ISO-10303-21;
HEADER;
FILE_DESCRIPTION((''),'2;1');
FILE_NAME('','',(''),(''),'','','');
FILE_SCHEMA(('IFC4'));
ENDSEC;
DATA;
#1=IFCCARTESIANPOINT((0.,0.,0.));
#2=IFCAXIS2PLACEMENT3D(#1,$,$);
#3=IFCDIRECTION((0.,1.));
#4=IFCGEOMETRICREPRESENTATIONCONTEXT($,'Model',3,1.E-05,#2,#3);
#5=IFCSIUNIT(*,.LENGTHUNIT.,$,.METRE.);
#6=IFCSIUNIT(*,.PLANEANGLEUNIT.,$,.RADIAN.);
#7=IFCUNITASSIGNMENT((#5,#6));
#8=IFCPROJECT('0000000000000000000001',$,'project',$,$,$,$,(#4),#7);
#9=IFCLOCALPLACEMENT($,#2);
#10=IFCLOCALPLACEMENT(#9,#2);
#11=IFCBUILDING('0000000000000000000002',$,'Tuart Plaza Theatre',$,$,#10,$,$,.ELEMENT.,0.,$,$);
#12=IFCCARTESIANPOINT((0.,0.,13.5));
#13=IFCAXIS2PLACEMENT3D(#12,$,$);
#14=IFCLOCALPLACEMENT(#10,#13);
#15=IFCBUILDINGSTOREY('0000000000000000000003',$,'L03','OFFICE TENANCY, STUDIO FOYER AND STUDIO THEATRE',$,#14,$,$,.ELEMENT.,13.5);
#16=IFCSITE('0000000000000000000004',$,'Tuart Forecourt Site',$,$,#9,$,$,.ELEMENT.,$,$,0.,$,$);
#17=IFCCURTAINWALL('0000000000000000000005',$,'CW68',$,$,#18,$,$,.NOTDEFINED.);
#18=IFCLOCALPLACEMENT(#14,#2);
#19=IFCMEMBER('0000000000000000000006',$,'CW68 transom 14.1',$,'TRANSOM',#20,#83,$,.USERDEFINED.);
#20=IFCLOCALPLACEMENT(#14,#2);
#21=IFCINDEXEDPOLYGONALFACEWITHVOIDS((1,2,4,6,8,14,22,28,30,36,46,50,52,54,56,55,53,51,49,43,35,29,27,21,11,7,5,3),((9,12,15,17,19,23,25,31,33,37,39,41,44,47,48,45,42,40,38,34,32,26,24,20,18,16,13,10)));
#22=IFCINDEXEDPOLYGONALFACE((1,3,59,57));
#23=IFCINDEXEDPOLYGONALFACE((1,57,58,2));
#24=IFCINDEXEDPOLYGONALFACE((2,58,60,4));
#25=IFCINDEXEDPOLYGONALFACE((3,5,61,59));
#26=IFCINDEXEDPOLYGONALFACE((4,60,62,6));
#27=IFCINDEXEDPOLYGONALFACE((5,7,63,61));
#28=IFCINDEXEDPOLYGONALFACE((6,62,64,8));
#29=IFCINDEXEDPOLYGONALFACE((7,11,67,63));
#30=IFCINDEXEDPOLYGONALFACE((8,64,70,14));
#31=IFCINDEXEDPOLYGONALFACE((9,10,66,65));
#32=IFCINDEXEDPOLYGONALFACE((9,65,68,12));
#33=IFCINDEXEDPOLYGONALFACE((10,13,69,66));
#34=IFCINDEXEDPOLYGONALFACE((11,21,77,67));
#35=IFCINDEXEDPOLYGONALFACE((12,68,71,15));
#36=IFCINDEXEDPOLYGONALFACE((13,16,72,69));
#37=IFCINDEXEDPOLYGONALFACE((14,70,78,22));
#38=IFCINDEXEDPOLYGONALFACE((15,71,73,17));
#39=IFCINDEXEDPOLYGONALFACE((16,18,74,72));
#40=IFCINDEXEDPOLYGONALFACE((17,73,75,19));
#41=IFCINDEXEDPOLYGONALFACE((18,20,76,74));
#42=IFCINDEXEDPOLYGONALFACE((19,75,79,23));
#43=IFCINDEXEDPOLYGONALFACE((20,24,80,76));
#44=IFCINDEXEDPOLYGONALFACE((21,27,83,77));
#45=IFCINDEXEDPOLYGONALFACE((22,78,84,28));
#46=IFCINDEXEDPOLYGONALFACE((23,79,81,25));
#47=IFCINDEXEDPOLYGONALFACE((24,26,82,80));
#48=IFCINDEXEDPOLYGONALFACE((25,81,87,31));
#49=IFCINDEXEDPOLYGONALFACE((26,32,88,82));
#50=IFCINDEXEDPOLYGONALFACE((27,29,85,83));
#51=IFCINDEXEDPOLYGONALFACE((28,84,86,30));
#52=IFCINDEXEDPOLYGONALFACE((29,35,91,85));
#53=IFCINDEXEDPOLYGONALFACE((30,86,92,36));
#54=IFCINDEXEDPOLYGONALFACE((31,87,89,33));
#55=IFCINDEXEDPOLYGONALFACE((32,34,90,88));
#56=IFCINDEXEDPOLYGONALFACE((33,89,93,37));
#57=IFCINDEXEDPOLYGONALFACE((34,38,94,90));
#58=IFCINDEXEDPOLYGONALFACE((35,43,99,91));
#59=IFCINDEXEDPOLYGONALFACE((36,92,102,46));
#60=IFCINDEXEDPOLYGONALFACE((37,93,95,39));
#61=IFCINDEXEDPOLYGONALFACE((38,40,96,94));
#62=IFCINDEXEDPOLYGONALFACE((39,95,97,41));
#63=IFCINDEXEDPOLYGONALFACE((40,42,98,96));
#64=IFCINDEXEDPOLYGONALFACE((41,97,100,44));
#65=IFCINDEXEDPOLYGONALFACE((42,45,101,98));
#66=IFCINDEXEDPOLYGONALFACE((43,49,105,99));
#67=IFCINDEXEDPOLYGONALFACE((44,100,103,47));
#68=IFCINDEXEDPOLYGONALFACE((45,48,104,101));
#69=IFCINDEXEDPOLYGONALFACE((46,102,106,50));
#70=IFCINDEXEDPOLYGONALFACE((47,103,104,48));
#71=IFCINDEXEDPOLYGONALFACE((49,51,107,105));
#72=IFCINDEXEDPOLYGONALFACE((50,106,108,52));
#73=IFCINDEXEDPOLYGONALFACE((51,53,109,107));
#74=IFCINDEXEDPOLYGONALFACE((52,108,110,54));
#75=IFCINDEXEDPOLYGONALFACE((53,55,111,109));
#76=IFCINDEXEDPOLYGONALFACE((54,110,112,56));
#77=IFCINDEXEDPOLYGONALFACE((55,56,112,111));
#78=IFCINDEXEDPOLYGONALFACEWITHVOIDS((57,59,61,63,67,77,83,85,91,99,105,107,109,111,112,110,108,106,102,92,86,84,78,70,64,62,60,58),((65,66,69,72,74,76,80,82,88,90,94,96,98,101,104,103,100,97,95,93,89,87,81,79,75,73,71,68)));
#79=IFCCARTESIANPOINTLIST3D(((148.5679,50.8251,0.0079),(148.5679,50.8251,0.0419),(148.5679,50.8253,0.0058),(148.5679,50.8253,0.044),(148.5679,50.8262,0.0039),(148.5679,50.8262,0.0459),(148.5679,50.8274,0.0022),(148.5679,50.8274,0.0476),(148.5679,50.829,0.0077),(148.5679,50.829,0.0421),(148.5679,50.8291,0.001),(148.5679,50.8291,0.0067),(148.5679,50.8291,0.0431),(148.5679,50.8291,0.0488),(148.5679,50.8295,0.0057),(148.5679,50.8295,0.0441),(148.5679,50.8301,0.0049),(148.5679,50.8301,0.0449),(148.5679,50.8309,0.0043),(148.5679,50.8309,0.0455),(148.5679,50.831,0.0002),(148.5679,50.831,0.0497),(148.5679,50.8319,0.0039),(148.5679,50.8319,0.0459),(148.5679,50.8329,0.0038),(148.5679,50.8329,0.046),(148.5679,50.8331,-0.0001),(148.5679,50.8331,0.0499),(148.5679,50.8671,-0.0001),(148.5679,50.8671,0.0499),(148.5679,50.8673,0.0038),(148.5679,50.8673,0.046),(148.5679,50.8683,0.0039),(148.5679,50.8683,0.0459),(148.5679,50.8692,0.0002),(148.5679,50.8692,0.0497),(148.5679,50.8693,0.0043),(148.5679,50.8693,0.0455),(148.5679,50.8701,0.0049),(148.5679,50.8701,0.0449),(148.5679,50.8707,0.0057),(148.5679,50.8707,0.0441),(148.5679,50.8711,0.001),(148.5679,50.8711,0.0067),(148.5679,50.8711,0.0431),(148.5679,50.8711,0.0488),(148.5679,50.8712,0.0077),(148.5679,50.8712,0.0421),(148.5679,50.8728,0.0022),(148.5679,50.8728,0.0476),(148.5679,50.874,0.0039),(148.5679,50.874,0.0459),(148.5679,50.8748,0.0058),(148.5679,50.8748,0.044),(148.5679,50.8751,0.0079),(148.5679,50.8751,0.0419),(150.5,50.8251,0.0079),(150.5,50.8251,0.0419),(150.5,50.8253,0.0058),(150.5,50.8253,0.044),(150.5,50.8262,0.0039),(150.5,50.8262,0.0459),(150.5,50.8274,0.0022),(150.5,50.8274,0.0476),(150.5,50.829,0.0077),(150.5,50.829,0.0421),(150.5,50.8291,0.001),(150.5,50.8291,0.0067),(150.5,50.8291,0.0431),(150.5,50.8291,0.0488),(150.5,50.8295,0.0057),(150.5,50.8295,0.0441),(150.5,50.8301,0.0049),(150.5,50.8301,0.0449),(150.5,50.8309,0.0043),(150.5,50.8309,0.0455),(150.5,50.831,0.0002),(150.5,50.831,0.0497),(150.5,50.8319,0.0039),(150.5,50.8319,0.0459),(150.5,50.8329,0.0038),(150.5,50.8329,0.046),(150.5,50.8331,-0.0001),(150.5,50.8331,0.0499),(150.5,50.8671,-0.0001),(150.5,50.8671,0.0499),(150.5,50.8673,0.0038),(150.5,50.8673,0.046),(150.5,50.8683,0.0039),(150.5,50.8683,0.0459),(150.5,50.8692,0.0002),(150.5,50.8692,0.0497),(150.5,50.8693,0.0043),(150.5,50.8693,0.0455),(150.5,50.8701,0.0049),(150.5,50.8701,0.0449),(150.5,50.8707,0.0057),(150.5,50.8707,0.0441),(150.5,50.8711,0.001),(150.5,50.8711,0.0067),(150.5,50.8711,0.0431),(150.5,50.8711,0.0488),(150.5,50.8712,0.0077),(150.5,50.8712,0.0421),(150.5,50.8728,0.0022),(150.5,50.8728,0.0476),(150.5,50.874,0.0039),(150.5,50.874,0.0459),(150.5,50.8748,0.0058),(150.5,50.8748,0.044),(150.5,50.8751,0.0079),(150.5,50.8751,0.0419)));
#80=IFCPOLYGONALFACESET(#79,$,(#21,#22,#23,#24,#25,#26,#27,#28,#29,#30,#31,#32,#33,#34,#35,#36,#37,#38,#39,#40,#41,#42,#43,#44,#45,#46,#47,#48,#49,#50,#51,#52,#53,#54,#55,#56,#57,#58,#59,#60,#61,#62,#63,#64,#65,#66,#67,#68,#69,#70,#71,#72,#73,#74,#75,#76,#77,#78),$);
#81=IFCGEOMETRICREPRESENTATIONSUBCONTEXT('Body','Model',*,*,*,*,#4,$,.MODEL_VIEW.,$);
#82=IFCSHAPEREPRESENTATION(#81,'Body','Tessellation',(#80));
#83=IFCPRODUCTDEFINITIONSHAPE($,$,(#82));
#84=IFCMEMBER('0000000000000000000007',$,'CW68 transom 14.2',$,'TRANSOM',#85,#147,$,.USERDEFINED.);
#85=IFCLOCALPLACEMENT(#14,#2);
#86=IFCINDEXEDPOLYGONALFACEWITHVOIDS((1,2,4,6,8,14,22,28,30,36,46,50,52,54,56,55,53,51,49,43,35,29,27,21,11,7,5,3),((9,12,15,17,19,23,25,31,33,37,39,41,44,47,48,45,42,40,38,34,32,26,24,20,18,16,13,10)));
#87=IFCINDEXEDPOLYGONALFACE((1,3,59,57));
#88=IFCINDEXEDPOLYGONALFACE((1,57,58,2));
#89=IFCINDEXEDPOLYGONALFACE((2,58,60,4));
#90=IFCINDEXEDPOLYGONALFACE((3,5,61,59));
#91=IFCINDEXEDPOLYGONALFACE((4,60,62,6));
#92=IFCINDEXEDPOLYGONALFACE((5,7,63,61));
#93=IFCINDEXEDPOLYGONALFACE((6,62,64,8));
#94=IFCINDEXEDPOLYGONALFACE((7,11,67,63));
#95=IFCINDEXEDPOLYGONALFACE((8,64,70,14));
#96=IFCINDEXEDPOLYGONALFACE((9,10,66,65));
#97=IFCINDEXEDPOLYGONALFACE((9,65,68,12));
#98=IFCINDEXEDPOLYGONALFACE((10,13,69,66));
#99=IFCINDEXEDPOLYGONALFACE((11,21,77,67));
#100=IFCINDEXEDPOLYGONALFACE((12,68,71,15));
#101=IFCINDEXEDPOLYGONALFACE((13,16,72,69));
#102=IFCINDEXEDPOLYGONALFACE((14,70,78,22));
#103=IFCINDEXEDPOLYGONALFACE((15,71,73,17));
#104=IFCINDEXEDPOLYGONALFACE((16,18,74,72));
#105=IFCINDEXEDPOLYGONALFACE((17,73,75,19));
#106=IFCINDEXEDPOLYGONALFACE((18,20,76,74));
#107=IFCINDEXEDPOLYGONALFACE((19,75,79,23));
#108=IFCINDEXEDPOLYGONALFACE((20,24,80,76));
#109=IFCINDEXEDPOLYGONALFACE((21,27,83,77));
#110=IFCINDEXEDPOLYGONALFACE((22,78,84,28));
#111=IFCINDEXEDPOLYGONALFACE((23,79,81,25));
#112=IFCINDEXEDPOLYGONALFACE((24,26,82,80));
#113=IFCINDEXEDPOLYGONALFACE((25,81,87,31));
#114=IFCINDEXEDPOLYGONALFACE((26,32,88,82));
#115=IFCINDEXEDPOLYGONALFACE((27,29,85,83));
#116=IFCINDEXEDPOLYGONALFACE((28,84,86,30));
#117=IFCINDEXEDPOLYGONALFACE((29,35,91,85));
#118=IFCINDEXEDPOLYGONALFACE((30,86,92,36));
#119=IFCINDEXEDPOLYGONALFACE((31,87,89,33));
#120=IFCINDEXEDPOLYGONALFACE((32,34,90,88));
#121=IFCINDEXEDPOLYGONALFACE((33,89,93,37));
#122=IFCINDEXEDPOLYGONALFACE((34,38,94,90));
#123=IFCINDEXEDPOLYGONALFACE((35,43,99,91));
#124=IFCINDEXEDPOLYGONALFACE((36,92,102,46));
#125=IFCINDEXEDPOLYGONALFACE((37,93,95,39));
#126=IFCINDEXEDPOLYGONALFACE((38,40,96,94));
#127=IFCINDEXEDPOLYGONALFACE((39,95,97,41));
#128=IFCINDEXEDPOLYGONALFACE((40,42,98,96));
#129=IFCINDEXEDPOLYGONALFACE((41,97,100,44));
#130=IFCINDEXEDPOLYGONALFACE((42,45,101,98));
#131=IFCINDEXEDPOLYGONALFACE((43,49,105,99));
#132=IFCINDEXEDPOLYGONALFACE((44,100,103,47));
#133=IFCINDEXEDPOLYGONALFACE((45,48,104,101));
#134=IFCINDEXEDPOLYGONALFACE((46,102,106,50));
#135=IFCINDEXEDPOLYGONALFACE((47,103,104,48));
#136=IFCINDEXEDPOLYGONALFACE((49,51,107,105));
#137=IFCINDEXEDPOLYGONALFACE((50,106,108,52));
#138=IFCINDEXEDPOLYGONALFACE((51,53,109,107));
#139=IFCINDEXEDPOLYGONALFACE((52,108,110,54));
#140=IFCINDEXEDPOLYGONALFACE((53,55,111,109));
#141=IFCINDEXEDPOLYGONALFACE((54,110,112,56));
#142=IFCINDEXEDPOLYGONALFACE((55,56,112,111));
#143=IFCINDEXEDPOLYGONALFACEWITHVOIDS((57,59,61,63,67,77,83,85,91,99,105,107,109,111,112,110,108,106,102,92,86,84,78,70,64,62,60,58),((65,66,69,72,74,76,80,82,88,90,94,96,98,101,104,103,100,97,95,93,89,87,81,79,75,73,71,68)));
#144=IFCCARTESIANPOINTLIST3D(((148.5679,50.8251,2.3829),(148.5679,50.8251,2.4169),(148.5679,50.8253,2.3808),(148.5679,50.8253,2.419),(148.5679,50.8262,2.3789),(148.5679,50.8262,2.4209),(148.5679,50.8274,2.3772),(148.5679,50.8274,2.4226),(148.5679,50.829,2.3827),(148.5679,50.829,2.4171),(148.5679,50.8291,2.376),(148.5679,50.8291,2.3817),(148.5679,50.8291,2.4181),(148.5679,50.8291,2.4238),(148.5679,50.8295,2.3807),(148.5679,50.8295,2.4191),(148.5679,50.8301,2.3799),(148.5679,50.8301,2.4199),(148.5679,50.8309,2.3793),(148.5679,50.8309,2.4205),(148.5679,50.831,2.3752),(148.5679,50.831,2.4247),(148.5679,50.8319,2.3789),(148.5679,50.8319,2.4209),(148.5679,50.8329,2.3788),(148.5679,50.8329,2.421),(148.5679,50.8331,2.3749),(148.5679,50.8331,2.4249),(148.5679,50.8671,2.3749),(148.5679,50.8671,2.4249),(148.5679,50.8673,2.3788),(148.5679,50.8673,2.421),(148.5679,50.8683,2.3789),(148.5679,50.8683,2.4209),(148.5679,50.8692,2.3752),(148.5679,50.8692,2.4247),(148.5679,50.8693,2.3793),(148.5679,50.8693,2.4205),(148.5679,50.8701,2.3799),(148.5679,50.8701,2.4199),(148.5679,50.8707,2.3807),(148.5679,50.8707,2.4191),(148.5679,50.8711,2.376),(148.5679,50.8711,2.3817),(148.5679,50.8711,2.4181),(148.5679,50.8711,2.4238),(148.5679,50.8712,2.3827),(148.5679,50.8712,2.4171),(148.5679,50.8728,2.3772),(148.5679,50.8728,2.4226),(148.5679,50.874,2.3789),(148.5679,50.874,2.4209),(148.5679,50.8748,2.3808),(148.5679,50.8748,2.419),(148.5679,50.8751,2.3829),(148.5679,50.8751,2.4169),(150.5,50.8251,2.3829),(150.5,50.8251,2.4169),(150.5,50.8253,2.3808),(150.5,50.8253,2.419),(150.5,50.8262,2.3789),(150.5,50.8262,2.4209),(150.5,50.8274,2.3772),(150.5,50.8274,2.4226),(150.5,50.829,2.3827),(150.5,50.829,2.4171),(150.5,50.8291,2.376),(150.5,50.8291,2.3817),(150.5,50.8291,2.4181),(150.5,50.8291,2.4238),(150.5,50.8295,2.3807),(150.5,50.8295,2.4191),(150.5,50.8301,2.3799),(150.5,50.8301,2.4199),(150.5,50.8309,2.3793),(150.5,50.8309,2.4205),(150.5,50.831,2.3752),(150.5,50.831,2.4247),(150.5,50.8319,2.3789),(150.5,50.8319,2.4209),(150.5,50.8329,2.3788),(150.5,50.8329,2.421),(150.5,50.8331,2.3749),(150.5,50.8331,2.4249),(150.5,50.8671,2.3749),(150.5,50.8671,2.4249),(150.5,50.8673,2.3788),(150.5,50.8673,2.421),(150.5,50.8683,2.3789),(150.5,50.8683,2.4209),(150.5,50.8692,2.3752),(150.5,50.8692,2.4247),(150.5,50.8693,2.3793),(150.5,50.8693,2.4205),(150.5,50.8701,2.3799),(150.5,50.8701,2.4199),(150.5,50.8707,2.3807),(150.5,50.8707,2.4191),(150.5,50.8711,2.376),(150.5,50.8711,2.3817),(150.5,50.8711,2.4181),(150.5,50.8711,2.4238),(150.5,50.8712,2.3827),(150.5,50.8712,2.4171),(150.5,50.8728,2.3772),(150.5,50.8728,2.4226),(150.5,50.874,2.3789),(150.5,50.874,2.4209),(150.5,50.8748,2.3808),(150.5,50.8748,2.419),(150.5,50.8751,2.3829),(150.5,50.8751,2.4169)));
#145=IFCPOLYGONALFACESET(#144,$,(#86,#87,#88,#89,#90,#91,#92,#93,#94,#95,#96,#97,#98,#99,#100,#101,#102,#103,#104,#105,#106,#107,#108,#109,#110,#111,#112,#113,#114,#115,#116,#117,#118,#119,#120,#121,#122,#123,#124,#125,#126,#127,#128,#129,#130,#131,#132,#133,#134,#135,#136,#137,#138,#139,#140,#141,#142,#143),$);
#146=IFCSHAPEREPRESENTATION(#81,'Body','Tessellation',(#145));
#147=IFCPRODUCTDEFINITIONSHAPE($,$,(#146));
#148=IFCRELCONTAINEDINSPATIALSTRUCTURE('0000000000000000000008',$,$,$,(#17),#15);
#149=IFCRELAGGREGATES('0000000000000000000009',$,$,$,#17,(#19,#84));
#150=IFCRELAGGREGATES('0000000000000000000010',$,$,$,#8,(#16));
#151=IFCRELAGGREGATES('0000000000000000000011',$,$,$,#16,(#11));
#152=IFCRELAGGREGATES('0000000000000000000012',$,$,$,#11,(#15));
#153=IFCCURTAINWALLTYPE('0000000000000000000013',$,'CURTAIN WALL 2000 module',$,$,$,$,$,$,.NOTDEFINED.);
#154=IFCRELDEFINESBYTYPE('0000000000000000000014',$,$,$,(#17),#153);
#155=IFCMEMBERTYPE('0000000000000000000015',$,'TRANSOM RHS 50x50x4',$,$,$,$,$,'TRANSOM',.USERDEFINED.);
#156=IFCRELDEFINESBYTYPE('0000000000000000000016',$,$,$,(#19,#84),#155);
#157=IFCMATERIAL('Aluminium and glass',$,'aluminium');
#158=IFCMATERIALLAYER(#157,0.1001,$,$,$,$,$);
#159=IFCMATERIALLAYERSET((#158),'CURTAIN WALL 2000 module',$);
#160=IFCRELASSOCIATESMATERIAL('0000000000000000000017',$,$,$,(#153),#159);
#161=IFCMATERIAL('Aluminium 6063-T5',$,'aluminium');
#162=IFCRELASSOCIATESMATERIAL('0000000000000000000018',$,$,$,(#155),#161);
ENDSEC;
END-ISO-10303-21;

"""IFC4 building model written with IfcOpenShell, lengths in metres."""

from ifc_helpers import new_model, si_unit, direction, frame, origin, origin_2d, place, context, subcontext, project, spatial, hollow_rectangle, extrude, material, layer, layer_set, material_profile, profile_set, type_object, element, aggregate, save


model = new_model("IFC4")

# Units and contexts
model_context = context("Model", 3, precision=1e-05, world=origin(), true_north=direction((0.0, 1.0)))
body_context = subcontext(model_context, "Body", "Model", "MODEL_VIEW")
ifc_project = project(units=[si_unit("LENGTHUNIT", "METRE"), si_unit("PLANEANGLEUNIT", "RADIAN")], contexts=[model_context])

# Site, building, storey
site_placement = place(None, origin())
site = spatial("IfcSite", under=ifc_project, at=site_placement, Name="Tuart Forecourt Site", CompositionType="ELEMENT", RefElevation=0.0)
building_placement = place(site_placement, origin())
building = spatial("IfcBuilding", under=site, at=building_placement, Name="Tuart Plaza Theatre", CompositionType="ELEMENT", ElevationOfRefHeight=0.0)
storey_placement = place(building_placement, frame((0.0, 0.0, 13.5)))
storey = spatial("IfcBuildingStorey", under=building, at=storey_placement, Name="L03", Description="OFFICE TENANCY, STUDIO FOYER AND STUDIO THEATRE", CompositionType="ELEMENT", Elevation=13.5)

# Curtain wall
ifc_material_1 = material(Name="Aluminium and glass", Category="aluminium")
ifc_layer_1 = layer(ifc_material_1, 0.1001)
ifc_layer_set_1 = layer_set([ifc_layer_1], Name="CURTAIN WALL 2000 module")
curtain_wall_type = type_object("IfcCurtainWallType", Name="CURTAIN WALL 2000 module", PredefinedType="NOTDEFINED", material=ifc_layer_set_1)
curtain_wall_1_placement = place(storey_placement, origin())
curtain_wall_1 = element("IfcCurtainWall", 1, at=curtain_wall_1_placement, inside=storey, type_object=curtain_wall_type, Name="CW68", PredefinedType="NOTDEFINED")

# Members
ifc_material_2 = material(Name="Aluminium 6063-T5", Category="aluminium")
ifc_material_profile_1 = material_profile(ifc_material_2, hollow_rectangle(XDim=0.05, YDim=0.05, WallThickness=0.0039, InnerFilletRadius=0.0039, OuterFilletRadius=0.0081, at=origin_2d()), Name="RHS 50x50x4")
ifc_profile_set_1 = profile_set([ifc_material_profile_1], Name="Aluminium 6063-T5")
member_type_1 = type_object("IfcMemberType", Name="TRANSOM RHS 50x50x4", ElementType="TRANSOM", PredefinedType="USERDEFINED", material=ifc_profile_set_1)
member_1_placement = place(storey_placement, frame((148.5679, 50.8501, 0.0249), z_axis=(1.0, 0.0, 0.0), x_axis=(0.0, 1.0, 0.0)))
member_1 = element("IfcMember", 2, at=member_1_placement, type_object=member_type_1, Name="CW68 transom 14.1", ObjectType="TRANSOM", PredefinedType="USERDEFINED", context=body_context, shape_type="SweptSolid", body=[
    extrude(hollow_rectangle(XDim=0.05, YDim=0.05, WallThickness=0.0039, InnerFilletRadius=0.0039, OuterFilletRadius=0.0081, at=origin_2d()), origin(), (0.0, 0.0, 1.0), 1.9321),
])
member_2_placement = place(storey_placement, frame((148.5679, 50.8501, 2.3999), z_axis=(1.0, 0.0, 0.0), x_axis=(0.0, 1.0, 0.0)))
member_2 = element("IfcMember", 3, at=member_2_placement, type_object=member_type_1, Name="CW68 transom 14.2", ObjectType="TRANSOM", PredefinedType="USERDEFINED", context=body_context, shape_type="SweptSolid", body=[
    extrude(hollow_rectangle(XDim=0.05, YDim=0.05, WallThickness=0.0039, InnerFilletRadius=0.0039, OuterFilletRadius=0.0081, at=origin_2d()), origin(), (0.0, 0.0, 1.0), 1.9321),
])

aggregate(curtain_wall_1, [member_1, member_2])

save(model, "model.ifc")
